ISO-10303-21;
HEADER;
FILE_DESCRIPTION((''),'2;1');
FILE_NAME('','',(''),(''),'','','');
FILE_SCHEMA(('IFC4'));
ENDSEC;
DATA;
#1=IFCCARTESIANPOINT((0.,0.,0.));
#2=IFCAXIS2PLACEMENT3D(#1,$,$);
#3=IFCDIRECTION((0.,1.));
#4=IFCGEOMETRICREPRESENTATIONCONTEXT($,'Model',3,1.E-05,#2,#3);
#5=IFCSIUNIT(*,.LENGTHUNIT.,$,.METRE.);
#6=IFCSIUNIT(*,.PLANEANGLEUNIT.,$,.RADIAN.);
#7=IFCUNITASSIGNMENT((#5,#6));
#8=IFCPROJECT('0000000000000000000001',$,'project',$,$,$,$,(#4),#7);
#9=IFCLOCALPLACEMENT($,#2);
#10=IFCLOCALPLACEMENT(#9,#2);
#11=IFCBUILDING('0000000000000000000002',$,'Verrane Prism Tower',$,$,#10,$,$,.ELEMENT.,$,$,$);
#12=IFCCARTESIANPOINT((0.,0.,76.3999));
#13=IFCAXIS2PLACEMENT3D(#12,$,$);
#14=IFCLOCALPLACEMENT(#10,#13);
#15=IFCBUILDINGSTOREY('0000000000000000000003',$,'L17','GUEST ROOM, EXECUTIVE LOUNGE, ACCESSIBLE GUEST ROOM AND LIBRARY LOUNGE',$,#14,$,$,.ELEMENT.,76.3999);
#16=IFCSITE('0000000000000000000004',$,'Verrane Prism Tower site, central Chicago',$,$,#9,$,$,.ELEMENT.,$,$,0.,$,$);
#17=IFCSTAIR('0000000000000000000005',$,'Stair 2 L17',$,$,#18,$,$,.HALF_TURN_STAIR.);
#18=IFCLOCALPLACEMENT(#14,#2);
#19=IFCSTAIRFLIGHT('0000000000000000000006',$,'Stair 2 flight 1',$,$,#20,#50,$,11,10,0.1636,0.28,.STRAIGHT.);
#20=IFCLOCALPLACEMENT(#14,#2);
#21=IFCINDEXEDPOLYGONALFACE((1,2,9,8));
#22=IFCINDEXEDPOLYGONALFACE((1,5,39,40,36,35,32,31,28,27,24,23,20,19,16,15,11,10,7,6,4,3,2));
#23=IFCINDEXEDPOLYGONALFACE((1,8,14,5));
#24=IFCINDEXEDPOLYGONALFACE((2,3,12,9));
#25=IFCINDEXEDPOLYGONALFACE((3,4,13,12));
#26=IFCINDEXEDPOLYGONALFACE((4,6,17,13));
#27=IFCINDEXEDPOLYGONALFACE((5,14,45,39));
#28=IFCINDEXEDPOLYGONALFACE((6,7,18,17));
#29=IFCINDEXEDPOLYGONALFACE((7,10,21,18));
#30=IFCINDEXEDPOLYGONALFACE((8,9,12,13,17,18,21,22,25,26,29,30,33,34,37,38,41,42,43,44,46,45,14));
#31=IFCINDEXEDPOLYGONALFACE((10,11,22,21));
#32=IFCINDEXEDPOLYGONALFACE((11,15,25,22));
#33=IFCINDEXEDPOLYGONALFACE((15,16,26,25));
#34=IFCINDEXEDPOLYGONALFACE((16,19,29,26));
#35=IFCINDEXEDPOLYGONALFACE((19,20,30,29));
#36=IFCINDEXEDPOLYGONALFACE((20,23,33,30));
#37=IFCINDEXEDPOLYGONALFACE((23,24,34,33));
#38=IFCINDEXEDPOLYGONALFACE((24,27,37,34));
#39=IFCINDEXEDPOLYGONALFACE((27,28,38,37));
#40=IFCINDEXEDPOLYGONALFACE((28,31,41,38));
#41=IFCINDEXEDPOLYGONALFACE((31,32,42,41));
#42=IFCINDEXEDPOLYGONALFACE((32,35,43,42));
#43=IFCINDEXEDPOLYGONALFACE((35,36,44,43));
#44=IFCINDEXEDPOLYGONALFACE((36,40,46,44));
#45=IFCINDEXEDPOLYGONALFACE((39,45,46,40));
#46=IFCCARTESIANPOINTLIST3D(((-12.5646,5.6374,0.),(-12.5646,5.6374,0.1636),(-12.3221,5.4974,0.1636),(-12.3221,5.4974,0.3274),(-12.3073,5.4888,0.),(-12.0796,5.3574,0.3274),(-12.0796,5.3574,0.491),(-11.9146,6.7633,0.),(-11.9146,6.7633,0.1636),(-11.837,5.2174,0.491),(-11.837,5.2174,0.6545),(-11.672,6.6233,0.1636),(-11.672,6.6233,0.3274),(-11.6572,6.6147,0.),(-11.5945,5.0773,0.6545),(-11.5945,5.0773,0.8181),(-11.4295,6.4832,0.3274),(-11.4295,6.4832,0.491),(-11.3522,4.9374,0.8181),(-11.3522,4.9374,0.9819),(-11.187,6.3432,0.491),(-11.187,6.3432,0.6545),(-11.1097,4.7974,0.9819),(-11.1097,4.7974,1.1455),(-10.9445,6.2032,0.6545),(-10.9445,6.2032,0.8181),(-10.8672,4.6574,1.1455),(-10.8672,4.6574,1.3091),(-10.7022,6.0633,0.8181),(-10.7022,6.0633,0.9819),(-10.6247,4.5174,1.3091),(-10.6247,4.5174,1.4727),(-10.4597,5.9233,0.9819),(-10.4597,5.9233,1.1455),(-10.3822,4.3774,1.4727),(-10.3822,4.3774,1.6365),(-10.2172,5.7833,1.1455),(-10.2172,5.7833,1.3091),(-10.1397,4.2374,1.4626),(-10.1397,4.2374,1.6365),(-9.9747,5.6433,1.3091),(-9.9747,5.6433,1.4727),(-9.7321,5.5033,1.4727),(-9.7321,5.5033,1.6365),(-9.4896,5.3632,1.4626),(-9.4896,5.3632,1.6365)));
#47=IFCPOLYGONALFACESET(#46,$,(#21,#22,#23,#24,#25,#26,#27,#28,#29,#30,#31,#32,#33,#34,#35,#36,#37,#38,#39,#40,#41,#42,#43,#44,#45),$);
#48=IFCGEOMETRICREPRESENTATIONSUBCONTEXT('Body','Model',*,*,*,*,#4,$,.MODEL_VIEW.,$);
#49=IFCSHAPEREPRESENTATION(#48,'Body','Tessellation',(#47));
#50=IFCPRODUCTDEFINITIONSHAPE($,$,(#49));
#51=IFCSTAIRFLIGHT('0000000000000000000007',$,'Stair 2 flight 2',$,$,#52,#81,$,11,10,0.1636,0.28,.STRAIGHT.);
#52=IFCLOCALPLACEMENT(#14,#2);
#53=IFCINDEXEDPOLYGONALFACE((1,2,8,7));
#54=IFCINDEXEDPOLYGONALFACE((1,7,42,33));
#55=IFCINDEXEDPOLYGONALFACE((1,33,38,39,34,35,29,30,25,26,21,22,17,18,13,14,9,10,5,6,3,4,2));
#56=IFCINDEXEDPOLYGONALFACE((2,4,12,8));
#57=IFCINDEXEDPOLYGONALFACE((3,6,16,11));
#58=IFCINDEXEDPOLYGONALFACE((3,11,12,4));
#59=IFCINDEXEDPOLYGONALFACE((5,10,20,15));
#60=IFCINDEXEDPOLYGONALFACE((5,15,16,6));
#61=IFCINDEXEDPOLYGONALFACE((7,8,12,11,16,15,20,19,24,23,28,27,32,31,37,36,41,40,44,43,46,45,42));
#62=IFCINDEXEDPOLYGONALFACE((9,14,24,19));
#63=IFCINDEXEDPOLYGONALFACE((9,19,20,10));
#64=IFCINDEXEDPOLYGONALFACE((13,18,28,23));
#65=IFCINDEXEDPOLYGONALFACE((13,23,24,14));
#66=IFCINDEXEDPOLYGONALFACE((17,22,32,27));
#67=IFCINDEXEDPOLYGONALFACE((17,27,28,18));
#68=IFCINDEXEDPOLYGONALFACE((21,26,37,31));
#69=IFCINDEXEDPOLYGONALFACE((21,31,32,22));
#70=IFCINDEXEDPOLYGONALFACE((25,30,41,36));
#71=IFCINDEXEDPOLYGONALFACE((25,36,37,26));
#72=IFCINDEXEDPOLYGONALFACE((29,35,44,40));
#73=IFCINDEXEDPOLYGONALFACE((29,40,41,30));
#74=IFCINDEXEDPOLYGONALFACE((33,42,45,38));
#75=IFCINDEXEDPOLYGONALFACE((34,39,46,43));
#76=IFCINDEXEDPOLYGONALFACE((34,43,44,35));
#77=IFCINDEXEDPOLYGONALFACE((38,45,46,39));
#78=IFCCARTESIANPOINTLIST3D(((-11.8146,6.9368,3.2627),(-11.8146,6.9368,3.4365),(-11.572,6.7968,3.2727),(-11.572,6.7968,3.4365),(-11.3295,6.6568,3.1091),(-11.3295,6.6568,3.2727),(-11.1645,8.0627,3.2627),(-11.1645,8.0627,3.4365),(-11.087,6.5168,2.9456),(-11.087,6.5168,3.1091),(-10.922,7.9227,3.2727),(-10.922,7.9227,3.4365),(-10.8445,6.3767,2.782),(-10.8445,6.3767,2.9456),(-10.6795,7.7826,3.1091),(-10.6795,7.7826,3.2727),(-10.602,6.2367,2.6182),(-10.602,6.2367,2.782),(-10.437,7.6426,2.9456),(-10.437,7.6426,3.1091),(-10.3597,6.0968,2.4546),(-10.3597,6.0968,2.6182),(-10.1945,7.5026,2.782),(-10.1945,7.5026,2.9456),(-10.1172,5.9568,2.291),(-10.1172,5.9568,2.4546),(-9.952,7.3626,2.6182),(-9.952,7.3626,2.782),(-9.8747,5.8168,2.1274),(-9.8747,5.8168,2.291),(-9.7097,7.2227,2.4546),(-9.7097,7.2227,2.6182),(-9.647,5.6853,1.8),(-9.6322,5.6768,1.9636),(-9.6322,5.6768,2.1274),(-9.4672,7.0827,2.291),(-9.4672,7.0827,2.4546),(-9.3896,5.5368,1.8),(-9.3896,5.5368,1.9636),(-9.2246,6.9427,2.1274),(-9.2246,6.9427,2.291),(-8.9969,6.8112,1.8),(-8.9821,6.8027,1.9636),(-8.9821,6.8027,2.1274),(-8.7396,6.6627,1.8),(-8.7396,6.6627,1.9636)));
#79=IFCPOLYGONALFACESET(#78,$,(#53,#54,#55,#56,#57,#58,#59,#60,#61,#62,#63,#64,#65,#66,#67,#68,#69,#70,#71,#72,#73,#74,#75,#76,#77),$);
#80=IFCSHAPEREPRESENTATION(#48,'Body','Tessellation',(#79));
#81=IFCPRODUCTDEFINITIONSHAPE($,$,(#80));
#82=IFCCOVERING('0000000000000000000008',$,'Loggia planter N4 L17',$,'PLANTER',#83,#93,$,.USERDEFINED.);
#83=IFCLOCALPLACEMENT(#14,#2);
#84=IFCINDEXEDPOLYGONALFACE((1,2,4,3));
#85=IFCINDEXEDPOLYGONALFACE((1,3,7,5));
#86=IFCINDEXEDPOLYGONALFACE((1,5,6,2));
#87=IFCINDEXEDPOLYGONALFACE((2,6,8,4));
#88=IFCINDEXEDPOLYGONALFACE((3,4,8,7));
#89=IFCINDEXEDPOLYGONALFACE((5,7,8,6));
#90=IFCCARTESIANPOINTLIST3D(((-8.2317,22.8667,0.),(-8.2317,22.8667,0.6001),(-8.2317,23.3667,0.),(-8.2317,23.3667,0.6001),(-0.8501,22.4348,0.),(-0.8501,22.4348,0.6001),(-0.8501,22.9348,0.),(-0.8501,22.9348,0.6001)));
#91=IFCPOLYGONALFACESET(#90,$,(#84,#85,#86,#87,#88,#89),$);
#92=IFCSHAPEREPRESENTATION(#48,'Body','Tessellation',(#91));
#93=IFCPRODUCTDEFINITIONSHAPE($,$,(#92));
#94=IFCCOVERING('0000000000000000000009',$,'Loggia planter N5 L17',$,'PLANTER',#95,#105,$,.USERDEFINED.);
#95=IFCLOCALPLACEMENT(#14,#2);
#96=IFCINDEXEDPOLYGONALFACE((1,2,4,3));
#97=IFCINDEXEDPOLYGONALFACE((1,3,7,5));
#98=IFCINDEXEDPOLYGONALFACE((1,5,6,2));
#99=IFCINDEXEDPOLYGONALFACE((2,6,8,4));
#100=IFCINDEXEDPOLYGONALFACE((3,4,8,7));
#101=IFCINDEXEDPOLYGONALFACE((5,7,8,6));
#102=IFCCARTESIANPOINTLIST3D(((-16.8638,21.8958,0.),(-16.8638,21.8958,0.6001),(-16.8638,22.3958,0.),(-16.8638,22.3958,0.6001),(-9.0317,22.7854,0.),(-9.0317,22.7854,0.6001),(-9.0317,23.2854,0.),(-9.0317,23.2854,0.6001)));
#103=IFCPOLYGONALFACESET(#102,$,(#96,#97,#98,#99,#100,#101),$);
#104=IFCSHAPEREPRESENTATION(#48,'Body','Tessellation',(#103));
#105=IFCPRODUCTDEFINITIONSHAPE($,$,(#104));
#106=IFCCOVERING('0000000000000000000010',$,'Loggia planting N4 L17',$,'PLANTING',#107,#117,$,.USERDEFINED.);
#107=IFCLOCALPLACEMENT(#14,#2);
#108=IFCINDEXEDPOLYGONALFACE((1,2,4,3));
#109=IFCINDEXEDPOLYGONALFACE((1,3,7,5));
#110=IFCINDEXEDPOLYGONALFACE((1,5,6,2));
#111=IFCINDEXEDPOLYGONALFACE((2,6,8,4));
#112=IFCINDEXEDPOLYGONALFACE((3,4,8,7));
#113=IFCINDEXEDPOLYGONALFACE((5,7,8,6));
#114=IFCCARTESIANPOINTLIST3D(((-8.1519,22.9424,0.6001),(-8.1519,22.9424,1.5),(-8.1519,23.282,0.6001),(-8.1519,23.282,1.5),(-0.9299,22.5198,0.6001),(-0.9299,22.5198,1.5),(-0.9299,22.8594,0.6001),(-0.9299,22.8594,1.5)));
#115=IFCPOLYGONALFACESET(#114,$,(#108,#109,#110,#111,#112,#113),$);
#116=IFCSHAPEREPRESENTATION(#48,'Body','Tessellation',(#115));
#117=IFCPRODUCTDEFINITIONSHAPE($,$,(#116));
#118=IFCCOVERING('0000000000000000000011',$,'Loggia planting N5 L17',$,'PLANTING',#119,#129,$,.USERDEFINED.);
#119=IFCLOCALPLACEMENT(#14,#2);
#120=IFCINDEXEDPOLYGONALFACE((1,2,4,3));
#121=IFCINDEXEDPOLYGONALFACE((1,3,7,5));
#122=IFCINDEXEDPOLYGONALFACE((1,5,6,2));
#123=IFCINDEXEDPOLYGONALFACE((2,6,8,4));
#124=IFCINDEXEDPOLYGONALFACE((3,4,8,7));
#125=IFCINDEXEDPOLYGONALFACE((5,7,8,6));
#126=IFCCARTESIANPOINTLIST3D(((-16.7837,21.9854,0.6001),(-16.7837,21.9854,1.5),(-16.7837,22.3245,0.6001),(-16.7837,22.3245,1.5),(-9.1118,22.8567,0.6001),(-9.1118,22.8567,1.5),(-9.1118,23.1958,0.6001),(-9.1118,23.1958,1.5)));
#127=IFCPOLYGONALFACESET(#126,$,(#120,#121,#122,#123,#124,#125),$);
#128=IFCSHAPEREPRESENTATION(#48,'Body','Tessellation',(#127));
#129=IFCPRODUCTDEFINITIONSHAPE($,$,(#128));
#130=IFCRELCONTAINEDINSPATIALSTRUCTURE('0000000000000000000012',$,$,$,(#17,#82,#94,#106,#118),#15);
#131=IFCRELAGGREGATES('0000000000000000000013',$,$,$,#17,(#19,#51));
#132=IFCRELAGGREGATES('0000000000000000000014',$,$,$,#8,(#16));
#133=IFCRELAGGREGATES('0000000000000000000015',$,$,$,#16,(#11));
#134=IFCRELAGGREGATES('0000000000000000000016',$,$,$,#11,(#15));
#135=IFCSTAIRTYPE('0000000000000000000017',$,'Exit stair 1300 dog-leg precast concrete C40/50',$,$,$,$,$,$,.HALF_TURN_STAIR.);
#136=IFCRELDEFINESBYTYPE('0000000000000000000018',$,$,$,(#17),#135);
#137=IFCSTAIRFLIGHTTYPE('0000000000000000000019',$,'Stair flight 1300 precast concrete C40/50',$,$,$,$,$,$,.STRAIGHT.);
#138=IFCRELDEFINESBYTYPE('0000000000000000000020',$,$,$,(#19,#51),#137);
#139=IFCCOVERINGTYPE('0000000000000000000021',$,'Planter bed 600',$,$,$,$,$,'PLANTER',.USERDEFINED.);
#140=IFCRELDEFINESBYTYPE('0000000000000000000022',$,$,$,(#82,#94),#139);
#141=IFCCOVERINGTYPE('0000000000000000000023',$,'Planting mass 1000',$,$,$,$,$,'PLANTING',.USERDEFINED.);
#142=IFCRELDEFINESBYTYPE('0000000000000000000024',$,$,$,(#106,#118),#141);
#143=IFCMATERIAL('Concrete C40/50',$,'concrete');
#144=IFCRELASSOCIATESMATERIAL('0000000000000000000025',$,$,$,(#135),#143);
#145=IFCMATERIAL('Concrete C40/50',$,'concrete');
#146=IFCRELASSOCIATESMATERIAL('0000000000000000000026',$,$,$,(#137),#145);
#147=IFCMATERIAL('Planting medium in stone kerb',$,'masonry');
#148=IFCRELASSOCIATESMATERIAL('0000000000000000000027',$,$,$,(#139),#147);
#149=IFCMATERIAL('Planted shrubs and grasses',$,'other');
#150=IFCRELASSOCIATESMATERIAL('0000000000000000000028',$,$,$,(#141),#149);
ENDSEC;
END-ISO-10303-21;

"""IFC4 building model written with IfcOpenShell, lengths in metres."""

from ifc_helpers import new_model, si_unit, direction, frame, origin, place, context, subcontext, project, spatial, polyline, outline, extrude, material, type_object, element, aggregate, save


model = new_model("IFC4")

# Units and contexts
model_context = context("Model", 3, precision=1e-05, world=origin(), true_north=direction((0.0, 1.0)))
body_context = subcontext(model_context, "Body", "Model", "MODEL_VIEW")
ifc_project = project(units=[si_unit("LENGTHUNIT", "METRE"), si_unit("PLANEANGLEUNIT", "RADIAN")], contexts=[model_context])

# Site, building, storey
site_placement = place(None, origin())
site = spatial("IfcSite", under=ifc_project, at=site_placement, Name="Verrane Prism Tower site, central Chicago", CompositionType="ELEMENT", RefElevation=0.0)
building_placement = place(site_placement, origin())
building = spatial("IfcBuilding", under=site, at=building_placement, Name="Verrane Prism Tower", CompositionType="ELEMENT")
storey_placement = place(building_placement, frame((0.0, 0.0, 76.3999)))
storey = spatial("IfcBuildingStorey", under=building, at=storey_placement, Name="L17", Description="GUEST ROOM, EXECUTIVE LOUNGE, ACCESSIBLE GUEST ROOM AND LIBRARY LOUNGE", CompositionType="ELEMENT", Elevation=76.3999)

# Stair, stair flights
ifc_material_1 = material(Name="Concrete C40/50", Category="concrete")
stair_type = type_object("IfcStairType", Name="Exit stair 1300 dog-leg precast concrete C40/50", PredefinedType="HALF_TURN_STAIR", material=ifc_material_1)
stair_placement = place(storey_placement, origin())
stair = element("IfcStair", 1, at=stair_placement, inside=storey, type_object=stair_type, Name="Stair 2 L17", PredefinedType="HALF_TURN_STAIR")
ifc_material_2 = material(Name="Concrete C40/50", Category="concrete")
stair_flight_type = type_object("IfcStairFlightType", Name="Stair flight 1300 precast concrete C40/50", PredefinedType="STRAIGHT", material=ifc_material_2)
stair_flight_1_placement = place(storey_placement, frame((-12.2395, 6.2004, 0.0), z_axis=(0.0, 0.0, 1.0), x_axis=(0.866025, -0.5, 0.0)))
stair_flight_1 = element("IfcStairFlight", 2, at=stair_flight_1_placement, type_object=stair_flight_type, Name="Stair 2 flight 1", NumberOfRisers=11, NumberOfTreads=10, PredefinedType="STRAIGHT", RiserHeight=0.1636, TreadLength=0.28, context=body_context, shape_type="SweptSolid", body=[
    extrude(outline(polyline([(0.0, 0.0), (0.0, 0.1636), (0.28, 0.1636), (0.28, 0.3274), (0.5601, 0.3274), (0.5601, 0.491), (0.8401, 0.491), (0.8401, 0.6545), (1.1201, 0.6545), (1.1201, 0.8181), (1.3999, 0.8181), (1.3999, 0.9819), (1.6799, 0.9819), (1.6799, 1.1455), (1.96, 1.1455), (1.96, 1.3091), (2.24, 1.3091), (2.24, 1.4727), (2.52, 1.4727), (2.52, 1.6365), (2.8, 1.6365), (2.8, 1.8), (2.8, 1.4626), (0.2971, 0.0), (0.0, 0.0)])), frame((0.0, 0.6499, 0.0), z_axis=(0.0, -1.0, 0.0), x_axis=(1.0, 0.0, 0.0)), (0.0, 0.0, 1.0), 1.3),
])
stair_flight_2_placement = place(storey_placement, frame((-9.0647, 6.0996, 1.8), z_axis=(0.0, 0.0, 1.0), x_axis=(-0.866025, 0.5, 0.0)))
stair_flight_2 = element("IfcStairFlight", 3, at=stair_flight_2_placement, type_object=stair_flight_type, Name="Stair 2 flight 2", NumberOfRisers=11, NumberOfTreads=10, PredefinedType="STRAIGHT", RiserHeight=0.1636, TreadLength=0.28, context=body_context, shape_type="SweptSolid", body=[
    extrude(outline(polyline([(0.0, 0.0), (0.0, 0.1636), (0.28, 0.1636), (0.28, 0.3274), (0.5601, 0.3274), (0.5601, 0.491), (0.8401, 0.491), (0.8401, 0.6545), (1.1201, 0.6545), (1.1201, 0.8181), (1.3999, 0.8181), (1.3999, 0.9819), (1.6799, 0.9819), (1.6799, 1.1455), (1.96, 1.1455), (1.96, 1.3091), (2.24, 1.3091), (2.24, 1.4727), (2.52, 1.4727), (2.52, 1.6365), (2.8, 1.6365), (2.8, 1.8), (2.8, 1.4626), (0.2971, 0.0), (0.0, 0.0)])), frame((0.0, 0.6499, 0.0), z_axis=(0.0, -1.0, 0.0), x_axis=(1.0, 0.0, 0.0)), (0.0, 0.0, 1.0), 1.3),
])
aggregate(stair, [stair_flight_1, stair_flight_2])

# Coverings
ifc_material_3 = material(Name="Planting medium in stone kerb", Category="masonry")
covering_type_1 = type_object("IfcCoveringType", Name="Planter bed 600", ElementType="PLANTER", PredefinedType="USERDEFINED", material=ifc_material_3)
covering_1_placement = place(storey_placement, origin())
element("IfcCovering", 4, at=covering_1_placement, inside=storey, type_object=covering_type_1, Name="Loggia planter N4 L17", ObjectType="PLANTER", PredefinedType="USERDEFINED", context=body_context, shape_type="SweptSolid", body=[
    extrude(outline(polyline([(-0.8501, 22.9348), (-8.2317, 23.3667), (-8.2317, 22.8667), (-0.8501, 22.4348), (-0.8501, 22.9348)])), origin(), (0.0, 0.0, 1.0), 0.6001),
])
covering_2_placement = place(storey_placement, origin())
element("IfcCovering", 5, at=covering_2_placement, inside=storey, type_object=covering_type_1, Name="Loggia planter N5 L17", ObjectType="PLANTER", PredefinedType="USERDEFINED", context=body_context, shape_type="SweptSolid", body=[
    extrude(outline(polyline([(-9.0317, 23.2854), (-16.8638, 22.3958), (-16.8638, 21.8958), (-9.0317, 22.7854), (-9.0317, 23.2854)])), origin(), (0.0, 0.0, 1.0), 0.6001),
])
ifc_material_4 = material(Name="Planted shrubs and grasses", Category="other")
covering_type_2 = type_object("IfcCoveringType", Name="Planting mass 1000", ElementType="PLANTING", PredefinedType="USERDEFINED", material=ifc_material_4)
covering_3_placement = place(storey_placement, frame((0.0, 0.0, 0.6001)))
element("IfcCovering", 6, at=covering_3_placement, inside=storey, type_object=covering_type_2, Name="Loggia planting N4 L17", ObjectType="PLANTING", PredefinedType="USERDEFINED", context=body_context, shape_type="SweptSolid", body=[
    extrude(outline(polyline([(-8.1519, 23.282), (-8.1519, 22.9424), (-0.9299, 22.5198), (-0.9299, 22.8594), (-8.1519, 23.282)])), origin(), (0.0, 0.0, 1.0), 0.8999),
])
covering_4_placement = place(storey_placement, frame((0.0, 0.0, 0.6001)))
element("IfcCovering", 7, at=covering_4_placement, inside=storey, type_object=covering_type_2, Name="Loggia planting N5 L17", ObjectType="PLANTING", PredefinedType="USERDEFINED", context=body_context, shape_type="SweptSolid", body=[
    extrude(outline(polyline([(-16.7837, 22.3245), (-16.7837, 21.9854), (-9.1118, 22.8567), (-9.1118, 23.1958), (-16.7837, 22.3245)])), origin(), (0.0, 0.0, 1.0), 0.8999),
])

save(model, "model.ifc")
